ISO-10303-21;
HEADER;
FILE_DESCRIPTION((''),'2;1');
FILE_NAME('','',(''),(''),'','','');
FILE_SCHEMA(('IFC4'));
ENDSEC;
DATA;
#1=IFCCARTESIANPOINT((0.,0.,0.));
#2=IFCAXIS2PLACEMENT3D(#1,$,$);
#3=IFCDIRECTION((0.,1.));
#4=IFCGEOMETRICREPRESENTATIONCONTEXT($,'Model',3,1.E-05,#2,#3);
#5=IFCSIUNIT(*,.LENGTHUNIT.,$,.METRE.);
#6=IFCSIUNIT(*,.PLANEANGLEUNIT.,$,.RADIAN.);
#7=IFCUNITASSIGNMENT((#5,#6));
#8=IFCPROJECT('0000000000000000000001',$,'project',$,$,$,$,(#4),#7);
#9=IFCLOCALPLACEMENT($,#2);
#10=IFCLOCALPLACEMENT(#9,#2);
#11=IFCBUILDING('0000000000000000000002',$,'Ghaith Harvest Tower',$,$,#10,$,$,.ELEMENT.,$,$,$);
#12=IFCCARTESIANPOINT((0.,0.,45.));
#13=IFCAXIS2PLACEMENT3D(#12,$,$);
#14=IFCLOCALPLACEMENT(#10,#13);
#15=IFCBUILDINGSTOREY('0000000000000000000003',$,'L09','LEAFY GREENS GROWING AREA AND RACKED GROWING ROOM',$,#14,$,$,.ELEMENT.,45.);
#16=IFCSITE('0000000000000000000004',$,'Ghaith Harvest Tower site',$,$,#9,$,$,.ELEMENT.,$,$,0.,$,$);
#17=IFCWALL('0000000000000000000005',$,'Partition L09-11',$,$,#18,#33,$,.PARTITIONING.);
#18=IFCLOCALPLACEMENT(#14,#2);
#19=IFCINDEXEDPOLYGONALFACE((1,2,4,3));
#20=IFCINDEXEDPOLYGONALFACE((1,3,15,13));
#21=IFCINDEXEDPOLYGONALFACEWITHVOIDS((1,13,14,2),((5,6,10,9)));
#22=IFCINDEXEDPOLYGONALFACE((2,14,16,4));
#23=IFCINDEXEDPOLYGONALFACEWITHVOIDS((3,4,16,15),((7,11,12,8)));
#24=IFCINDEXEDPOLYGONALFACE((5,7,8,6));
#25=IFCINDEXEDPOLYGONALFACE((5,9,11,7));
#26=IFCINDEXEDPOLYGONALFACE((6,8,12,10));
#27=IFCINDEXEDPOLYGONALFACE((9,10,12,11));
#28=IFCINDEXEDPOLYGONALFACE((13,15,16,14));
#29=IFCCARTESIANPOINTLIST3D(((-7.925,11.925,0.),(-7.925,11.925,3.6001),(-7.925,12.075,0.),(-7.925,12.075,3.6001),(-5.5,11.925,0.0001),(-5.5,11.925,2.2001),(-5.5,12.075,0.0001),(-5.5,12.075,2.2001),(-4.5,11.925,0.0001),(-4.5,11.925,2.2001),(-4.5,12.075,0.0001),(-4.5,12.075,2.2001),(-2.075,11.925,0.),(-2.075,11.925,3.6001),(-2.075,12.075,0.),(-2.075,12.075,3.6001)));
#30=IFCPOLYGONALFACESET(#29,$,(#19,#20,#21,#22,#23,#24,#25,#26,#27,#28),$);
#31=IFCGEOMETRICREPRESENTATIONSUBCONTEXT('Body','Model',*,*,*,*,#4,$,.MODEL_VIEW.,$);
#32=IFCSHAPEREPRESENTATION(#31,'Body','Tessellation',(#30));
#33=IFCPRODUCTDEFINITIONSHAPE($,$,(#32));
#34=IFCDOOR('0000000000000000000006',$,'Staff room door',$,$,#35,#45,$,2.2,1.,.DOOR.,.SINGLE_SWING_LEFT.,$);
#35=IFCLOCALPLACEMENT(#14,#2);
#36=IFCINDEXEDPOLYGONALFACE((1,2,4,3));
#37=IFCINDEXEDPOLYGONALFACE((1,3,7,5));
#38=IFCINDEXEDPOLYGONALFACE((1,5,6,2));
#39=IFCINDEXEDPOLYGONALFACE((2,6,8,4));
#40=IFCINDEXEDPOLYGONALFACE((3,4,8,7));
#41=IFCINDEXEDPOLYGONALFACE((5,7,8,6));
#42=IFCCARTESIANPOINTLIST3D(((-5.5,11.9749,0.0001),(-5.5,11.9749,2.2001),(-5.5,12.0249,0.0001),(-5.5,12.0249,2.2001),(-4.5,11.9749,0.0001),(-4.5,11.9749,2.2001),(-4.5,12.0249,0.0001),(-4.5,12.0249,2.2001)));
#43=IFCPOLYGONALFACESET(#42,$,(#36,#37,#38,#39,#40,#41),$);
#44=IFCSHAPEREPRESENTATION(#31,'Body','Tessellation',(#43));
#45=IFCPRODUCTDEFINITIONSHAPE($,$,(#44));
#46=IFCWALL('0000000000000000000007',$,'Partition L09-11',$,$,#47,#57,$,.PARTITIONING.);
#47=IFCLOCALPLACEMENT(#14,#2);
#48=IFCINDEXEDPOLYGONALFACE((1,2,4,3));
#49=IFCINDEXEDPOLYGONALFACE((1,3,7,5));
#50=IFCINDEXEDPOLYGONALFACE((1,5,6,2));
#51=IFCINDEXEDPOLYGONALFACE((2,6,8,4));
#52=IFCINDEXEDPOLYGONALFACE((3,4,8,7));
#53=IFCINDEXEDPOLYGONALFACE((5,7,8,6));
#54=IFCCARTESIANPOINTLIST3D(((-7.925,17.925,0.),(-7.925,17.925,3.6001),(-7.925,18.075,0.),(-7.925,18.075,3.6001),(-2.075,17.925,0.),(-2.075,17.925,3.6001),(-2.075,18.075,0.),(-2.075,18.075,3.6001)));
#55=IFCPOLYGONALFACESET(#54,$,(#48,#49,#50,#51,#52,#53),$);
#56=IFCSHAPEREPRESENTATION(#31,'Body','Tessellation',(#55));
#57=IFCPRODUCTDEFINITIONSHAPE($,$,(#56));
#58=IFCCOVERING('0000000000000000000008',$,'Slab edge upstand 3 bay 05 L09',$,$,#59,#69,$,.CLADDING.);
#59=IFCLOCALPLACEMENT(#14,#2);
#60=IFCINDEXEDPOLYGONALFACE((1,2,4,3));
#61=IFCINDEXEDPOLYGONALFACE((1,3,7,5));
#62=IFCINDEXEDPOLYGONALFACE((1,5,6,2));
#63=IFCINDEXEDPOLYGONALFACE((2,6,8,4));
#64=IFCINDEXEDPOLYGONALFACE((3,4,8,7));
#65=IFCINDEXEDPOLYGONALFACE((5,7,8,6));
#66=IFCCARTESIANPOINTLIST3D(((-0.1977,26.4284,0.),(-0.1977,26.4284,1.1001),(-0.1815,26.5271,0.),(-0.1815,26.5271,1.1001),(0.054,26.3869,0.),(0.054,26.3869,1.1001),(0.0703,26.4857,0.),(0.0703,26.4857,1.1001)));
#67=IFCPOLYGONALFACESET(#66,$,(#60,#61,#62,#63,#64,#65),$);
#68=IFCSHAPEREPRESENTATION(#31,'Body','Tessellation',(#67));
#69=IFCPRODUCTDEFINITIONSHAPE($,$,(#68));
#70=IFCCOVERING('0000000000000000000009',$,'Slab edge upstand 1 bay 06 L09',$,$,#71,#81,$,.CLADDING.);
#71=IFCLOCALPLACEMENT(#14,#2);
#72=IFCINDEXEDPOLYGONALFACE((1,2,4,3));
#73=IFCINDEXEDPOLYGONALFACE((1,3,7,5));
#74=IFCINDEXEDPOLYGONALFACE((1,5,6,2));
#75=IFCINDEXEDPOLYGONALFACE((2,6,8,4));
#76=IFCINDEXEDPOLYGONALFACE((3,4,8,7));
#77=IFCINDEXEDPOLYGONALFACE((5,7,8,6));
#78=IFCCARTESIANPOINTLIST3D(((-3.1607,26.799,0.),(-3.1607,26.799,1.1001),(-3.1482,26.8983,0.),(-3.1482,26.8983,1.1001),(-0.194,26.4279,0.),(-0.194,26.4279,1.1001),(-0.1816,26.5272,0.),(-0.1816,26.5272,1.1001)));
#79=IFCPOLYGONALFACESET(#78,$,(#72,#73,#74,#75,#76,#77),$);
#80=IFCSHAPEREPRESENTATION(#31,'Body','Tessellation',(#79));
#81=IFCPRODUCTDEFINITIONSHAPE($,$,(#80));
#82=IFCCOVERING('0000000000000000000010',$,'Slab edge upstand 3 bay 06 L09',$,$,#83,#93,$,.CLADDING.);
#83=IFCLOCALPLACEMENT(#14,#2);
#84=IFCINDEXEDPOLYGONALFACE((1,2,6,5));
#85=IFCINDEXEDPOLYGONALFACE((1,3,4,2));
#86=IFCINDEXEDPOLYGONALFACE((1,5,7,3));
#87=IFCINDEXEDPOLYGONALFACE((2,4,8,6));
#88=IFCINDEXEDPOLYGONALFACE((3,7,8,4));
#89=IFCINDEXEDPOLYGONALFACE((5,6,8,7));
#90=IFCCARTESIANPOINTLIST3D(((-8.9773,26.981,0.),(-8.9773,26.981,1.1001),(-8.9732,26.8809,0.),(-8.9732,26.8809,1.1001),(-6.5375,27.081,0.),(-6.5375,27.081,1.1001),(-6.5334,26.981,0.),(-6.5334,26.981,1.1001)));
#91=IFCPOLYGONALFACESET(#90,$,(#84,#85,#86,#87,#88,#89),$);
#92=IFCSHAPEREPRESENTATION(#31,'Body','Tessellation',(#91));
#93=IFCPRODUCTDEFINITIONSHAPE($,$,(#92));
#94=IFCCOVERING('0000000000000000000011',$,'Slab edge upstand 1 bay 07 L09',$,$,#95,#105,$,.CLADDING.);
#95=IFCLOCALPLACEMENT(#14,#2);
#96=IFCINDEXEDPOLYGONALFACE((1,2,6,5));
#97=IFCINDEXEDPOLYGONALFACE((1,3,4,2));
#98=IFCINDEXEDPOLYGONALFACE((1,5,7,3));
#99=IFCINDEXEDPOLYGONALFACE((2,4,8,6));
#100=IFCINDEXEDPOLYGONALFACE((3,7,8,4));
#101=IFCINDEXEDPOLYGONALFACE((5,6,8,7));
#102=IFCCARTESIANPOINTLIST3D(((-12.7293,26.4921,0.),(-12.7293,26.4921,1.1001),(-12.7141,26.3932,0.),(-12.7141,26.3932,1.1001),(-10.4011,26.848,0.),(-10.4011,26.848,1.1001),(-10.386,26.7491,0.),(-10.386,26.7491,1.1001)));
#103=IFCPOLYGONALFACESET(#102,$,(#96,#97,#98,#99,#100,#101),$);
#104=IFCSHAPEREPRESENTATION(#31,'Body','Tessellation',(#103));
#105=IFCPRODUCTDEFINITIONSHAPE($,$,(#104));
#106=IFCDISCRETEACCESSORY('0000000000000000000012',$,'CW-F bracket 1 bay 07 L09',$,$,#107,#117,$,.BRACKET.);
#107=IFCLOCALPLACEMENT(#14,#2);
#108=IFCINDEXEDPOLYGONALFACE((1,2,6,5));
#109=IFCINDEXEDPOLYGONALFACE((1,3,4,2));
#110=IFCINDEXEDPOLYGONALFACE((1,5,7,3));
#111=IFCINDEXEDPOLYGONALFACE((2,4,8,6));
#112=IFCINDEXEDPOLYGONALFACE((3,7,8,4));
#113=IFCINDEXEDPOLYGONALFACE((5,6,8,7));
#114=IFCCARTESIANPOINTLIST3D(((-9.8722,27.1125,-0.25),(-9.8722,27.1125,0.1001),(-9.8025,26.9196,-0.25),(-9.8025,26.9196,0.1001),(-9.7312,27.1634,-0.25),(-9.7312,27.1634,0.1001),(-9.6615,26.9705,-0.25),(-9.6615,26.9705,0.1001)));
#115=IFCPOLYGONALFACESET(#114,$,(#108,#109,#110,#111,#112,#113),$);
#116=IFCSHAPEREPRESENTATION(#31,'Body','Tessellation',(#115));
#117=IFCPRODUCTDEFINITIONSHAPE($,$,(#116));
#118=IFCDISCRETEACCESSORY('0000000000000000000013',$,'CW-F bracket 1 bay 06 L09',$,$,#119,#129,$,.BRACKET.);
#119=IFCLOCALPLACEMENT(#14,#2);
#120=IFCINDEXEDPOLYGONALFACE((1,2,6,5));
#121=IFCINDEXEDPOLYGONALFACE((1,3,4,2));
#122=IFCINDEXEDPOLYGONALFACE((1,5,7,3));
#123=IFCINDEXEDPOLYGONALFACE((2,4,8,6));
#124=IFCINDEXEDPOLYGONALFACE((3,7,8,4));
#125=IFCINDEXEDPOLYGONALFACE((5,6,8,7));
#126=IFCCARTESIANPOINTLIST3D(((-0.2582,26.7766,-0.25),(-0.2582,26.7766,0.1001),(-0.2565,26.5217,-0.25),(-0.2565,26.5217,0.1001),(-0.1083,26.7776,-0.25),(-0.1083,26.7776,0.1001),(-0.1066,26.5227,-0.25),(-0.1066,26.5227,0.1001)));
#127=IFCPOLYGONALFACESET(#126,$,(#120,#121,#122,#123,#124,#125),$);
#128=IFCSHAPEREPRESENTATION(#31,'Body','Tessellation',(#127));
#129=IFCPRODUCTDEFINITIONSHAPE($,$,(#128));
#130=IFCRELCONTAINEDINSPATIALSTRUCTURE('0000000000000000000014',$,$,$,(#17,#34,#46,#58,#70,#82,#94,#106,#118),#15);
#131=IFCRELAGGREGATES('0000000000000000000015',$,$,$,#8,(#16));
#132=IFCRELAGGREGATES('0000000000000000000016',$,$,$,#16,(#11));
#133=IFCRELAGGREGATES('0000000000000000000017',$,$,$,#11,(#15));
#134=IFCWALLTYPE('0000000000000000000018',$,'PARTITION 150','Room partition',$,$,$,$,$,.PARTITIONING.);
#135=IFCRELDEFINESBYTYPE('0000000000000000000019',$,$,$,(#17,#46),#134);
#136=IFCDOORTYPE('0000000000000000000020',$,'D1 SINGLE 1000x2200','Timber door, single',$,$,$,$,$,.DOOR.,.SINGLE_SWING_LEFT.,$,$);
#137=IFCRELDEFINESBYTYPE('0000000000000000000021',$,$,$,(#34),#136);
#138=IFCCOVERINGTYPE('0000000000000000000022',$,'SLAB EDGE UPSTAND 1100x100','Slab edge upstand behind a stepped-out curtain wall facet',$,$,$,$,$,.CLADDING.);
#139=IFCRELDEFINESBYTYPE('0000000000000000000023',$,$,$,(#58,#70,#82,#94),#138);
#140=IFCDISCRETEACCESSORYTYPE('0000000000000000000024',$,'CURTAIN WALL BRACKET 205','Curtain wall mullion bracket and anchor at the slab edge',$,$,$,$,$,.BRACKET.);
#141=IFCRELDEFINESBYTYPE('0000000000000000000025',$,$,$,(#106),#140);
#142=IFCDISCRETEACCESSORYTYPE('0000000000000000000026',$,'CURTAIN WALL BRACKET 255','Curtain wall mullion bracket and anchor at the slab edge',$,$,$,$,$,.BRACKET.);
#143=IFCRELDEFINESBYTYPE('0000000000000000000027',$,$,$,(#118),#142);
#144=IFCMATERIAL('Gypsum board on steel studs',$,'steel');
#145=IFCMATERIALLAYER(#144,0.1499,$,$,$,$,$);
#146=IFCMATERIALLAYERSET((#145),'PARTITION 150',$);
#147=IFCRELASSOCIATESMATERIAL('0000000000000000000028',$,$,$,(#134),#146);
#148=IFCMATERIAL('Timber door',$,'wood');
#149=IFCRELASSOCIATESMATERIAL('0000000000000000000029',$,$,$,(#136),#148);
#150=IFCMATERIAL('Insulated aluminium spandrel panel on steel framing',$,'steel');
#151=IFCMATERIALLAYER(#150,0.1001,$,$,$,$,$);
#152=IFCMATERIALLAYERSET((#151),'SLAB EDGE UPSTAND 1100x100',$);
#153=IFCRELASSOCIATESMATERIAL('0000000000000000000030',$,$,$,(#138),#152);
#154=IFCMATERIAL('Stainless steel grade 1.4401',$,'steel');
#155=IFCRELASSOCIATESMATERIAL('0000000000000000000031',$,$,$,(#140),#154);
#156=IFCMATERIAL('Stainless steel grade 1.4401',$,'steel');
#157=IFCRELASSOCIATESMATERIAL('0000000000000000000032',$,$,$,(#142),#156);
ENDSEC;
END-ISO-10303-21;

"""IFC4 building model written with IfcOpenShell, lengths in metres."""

from ifc_helpers import new_model, si_unit, direction, frame, frame_2d, origin, origin_2d, place, context, subcontext, project, spatial, rectangle, extrude, material, layer, layer_set, type_object, element, fill, save


model = new_model("IFC4")

# Units and contexts
model_context = context("Model", 3, precision=1e-05, world=origin(), true_north=direction((0.0, 1.0)))
body_context = subcontext(model_context, "Body", "Model", "MODEL_VIEW")
ifc_project = project(units=[si_unit("LENGTHUNIT", "METRE"), si_unit("PLANEANGLEUNIT", "RADIAN")], contexts=[model_context])

# Site, building, storey
site_placement = place(None, origin())
site = spatial("IfcSite", under=ifc_project, at=site_placement, Name="Ghaith Harvest Tower site", CompositionType="ELEMENT", RefElevation=0.0)
building_placement = place(site_placement, origin())
building = spatial("IfcBuilding", under=site, at=building_placement, Name="Ghaith Harvest Tower", CompositionType="ELEMENT")
storey_placement = place(building_placement, frame((0.0, 0.0, 45.0)))
storey = spatial("IfcBuildingStorey", under=building, at=storey_placement, Name="L09", Description="LEAFY GREENS GROWING AREA AND RACKED GROWING ROOM", CompositionType="ELEMENT", Elevation=45.0)

# Shared definitions
ifc_material_1 = material(Name="Gypsum board on steel studs", Category="steel")
ifc_layer_1 = layer(ifc_material_1, 0.1499)
ifc_layer_set_1 = layer_set([ifc_layer_1], Name="PARTITION 150")
wall_type_1 = type_object("IfcWallType", Name="PARTITION 150", Description="Room partition", PredefinedType="PARTITIONING", material=ifc_layer_set_1)

# Wall, opening, door
wall_1_placement = place(storey_placement, frame((-7.925, 12.0, 0.0), z_axis=(0.0, 0.0, 1.0), x_axis=(1.0, 0.0, 0.0)))
wall_1 = element("IfcWall", 1, at=wall_1_placement, inside=storey, type_object=wall_type_1, Name="Partition L09-11", PredefinedType="PARTITIONING", context=body_context, shape_type="SweptSolid", body=[
    extrude(rectangle(XDim=5.8501, YDim=0.1499, at=frame_2d((2.925, 0.0))), origin(), (0.0, 0.0, 1.0), 3.6001),
])
opening_1_placement = place(wall_1_placement, frame((2.425, 0.0, 0.0)))
opening_1 = element("IfcOpeningElement", 2, at=opening_1_placement, cuts=wall_1, PredefinedType="OPENING", context=body_context, shape_type="SweptSolid", body=[
    extrude(rectangle(XDim=1.0, YDim=2.2, at=frame_2d((0.5, 1.1001))), frame((0.0, 0.085, 0.0), z_axis=(0.0, -1.0, 0.0), x_axis=(1.0, 0.0, 0.0)), (0.0, 0.0, 1.0), 0.1699),
])
ifc_material_2 = material(Name="Timber door", Category="wood")
door_type_1 = type_object("IfcDoorType", Name="D1 SINGLE 1000x2200", Description="Timber door, single", OperationType="SINGLE_SWING_LEFT", PredefinedType="DOOR", material=ifc_material_2)
door_1_placement = place(opening_1_placement, origin())
door_1 = element("IfcDoor", 3, at=door_1_placement, inside=storey, type_object=door_type_1, Name="Staff room door", OperationType="SINGLE_SWING_LEFT", OverallHeight=2.2, OverallWidth=1.0, PredefinedType="DOOR", context=body_context, shape_type="SweptSolid", body=[
    extrude(rectangle(XDim=1.0, YDim=2.2, at=frame_2d((0.5, 1.1001))), frame((0.0, 0.0249, 0.0), z_axis=(0.0, -1.0, 0.0), x_axis=(1.0, 0.0, 0.0)), (0.0, 0.0, 1.0), 0.05),
])
fill(opening_1, door_1)

# Wall
wall_2_placement = place(storey_placement, frame((-7.925, 18.0, 0.0), z_axis=(0.0, 0.0, 1.0), x_axis=(1.0, 0.0, 0.0)))
element("IfcWall", 4, at=wall_2_placement, inside=storey, type_object=wall_type_1, Name="Partition L09-11", PredefinedType="PARTITIONING", context=body_context, shape_type="SweptSolid", body=[
    extrude(rectangle(XDim=5.8501, YDim=0.1499, at=frame_2d((2.925, 0.0))), origin(), (0.0, 0.0, 1.0), 3.6001),
])

# Coverings
ifc_material_3 = material(Name="Insulated aluminium spandrel panel on steel framing", Category="steel")
ifc_layer_2 = layer(ifc_material_3, 0.1001)
ifc_layer_set_2 = layer_set([ifc_layer_2], Name="SLAB EDGE UPSTAND 1100x100")
covering_type = type_object("IfcCoveringType", Name="SLAB EDGE UPSTAND 1100x100", Description="Slab edge upstand behind a stepped-out curtain wall facet", PredefinedType="CLADDING", material=ifc_layer_set_2)
covering_1_placement = place(storey_placement, frame((-0.0637, 26.457, 0.0), z_axis=(0.0, 0.0, 1.0), x_axis=(-0.986716, 0.162453, 0.0)))
element("IfcCovering", 5, at=covering_1_placement, inside=storey, type_object=covering_type, Name="Slab edge upstand 3 bay 05 L09", PredefinedType="CLADDING", context=body_context, shape_type="SweptSolid", body=[
    extrude(rectangle(XDim=0.2551, YDim=0.1001, at=origin_2d()), origin(), (0.0, 0.0, 1.0), 1.1001),
])
covering_2_placement = place(storey_placement, frame((-1.6711, 26.6631, 0.0), z_axis=(0.0, 0.0, 1.0), x_axis=(-0.992265, 0.124139, 0.0)))
element("IfcCovering", 6, at=covering_2_placement, inside=storey, type_object=covering_type, Name="Slab edge upstand 1 bay 06 L09", PredefinedType="CLADDING", context=body_context, shape_type="SweptSolid", body=[
    extrude(rectangle(XDim=2.9897, YDim=0.1001, at=origin_2d()), origin(), (0.0, 0.0, 1.0), 1.1001),
])
covering_3_placement = place(storey_placement, frame((-7.7554, 26.981, 0.0), z_axis=(0.0, 0.0, 1.0), x_axis=(-0.999161, -0.040957, 0.0)))
element("IfcCovering", 7, at=covering_3_placement, inside=storey, type_object=covering_type, Name="Slab edge upstand 3 bay 06 L09", PredefinedType="CLADDING", context=body_context, shape_type="SweptSolid", body=[
    extrude(rectangle(XDim=2.4419, YDim=0.1001, at=origin_2d()), origin(), (0.0, 0.0, 1.0), 1.1001),
])
covering_4_placement = place(storey_placement, frame((-11.5576, 26.6206, 0.0), z_axis=(0.0, 0.0, 1.0), x_axis=(-0.988518, -0.151104, 0.0)))
element("IfcCovering", 8, at=covering_4_placement, inside=storey, type_object=covering_type, Name="Slab edge upstand 1 bay 07 L09", PredefinedType="CLADDING", context=body_context, shape_type="SweptSolid", body=[
    extrude(rectangle(XDim=2.3552, YDim=0.1001, at=origin_2d()), origin(), (0.0, 0.0, 1.0), 1.1001),
])

# Discrete accessories
ifc_material_4 = material(Name="Stainless steel grade 1.4401", Category="steel")
discrete_accessory_type_1 = type_object("IfcDiscreteAccessoryType", Name="CURTAIN WALL BRACKET 205", Description="Curtain wall mullion bracket and anchor at the slab edge", PredefinedType="BRACKET", material=ifc_material_4)
discrete_accessory_1_placement = place(storey_placement, frame((-9.7668, 27.0415, -0.25), z_axis=(0.0, 0.0, 1.0), x_axis=(-0.339699, 0.940534, 0.0)))
element("IfcDiscreteAccessory", 9, at=discrete_accessory_1_placement, inside=storey, type_object=discrete_accessory_type_1, Name="CW-F bracket 1 bay 07 L09", PredefinedType="BRACKET", context=body_context, shape_type="SweptSolid", body=[
    extrude(rectangle(XDim=0.2051, YDim=0.1499, at=origin_2d()), origin(), (0.0, 0.0, 1.0), 0.3501),
])
ifc_material_5 = material(Name="Stainless steel grade 1.4401", Category="steel")
discrete_accessory_type_2 = type_object("IfcDiscreteAccessoryType", Name="CURTAIN WALL BRACKET 255", Description="Curtain wall mullion bracket and anchor at the slab edge", PredefinedType="BRACKET", material=ifc_material_5)
discrete_accessory_2_placement = place(storey_placement, frame((-0.1824, 26.6497, -0.25), z_axis=(0.0, 0.0, 1.0), x_axis=(-0.006844, 0.999977, 0.0)))
element("IfcDiscreteAccessory", 10, at=discrete_accessory_2_placement, inside=storey, type_object=discrete_accessory_type_2, Name="CW-F bracket 1 bay 06 L09", PredefinedType="BRACKET", context=body_context, shape_type="SweptSolid", body=[
    extrude(rectangle(XDim=0.2549, YDim=0.1499, at=origin_2d()), origin(), (0.0, 0.0, 1.0), 0.3501),
])

save(model, "model.ifc")
